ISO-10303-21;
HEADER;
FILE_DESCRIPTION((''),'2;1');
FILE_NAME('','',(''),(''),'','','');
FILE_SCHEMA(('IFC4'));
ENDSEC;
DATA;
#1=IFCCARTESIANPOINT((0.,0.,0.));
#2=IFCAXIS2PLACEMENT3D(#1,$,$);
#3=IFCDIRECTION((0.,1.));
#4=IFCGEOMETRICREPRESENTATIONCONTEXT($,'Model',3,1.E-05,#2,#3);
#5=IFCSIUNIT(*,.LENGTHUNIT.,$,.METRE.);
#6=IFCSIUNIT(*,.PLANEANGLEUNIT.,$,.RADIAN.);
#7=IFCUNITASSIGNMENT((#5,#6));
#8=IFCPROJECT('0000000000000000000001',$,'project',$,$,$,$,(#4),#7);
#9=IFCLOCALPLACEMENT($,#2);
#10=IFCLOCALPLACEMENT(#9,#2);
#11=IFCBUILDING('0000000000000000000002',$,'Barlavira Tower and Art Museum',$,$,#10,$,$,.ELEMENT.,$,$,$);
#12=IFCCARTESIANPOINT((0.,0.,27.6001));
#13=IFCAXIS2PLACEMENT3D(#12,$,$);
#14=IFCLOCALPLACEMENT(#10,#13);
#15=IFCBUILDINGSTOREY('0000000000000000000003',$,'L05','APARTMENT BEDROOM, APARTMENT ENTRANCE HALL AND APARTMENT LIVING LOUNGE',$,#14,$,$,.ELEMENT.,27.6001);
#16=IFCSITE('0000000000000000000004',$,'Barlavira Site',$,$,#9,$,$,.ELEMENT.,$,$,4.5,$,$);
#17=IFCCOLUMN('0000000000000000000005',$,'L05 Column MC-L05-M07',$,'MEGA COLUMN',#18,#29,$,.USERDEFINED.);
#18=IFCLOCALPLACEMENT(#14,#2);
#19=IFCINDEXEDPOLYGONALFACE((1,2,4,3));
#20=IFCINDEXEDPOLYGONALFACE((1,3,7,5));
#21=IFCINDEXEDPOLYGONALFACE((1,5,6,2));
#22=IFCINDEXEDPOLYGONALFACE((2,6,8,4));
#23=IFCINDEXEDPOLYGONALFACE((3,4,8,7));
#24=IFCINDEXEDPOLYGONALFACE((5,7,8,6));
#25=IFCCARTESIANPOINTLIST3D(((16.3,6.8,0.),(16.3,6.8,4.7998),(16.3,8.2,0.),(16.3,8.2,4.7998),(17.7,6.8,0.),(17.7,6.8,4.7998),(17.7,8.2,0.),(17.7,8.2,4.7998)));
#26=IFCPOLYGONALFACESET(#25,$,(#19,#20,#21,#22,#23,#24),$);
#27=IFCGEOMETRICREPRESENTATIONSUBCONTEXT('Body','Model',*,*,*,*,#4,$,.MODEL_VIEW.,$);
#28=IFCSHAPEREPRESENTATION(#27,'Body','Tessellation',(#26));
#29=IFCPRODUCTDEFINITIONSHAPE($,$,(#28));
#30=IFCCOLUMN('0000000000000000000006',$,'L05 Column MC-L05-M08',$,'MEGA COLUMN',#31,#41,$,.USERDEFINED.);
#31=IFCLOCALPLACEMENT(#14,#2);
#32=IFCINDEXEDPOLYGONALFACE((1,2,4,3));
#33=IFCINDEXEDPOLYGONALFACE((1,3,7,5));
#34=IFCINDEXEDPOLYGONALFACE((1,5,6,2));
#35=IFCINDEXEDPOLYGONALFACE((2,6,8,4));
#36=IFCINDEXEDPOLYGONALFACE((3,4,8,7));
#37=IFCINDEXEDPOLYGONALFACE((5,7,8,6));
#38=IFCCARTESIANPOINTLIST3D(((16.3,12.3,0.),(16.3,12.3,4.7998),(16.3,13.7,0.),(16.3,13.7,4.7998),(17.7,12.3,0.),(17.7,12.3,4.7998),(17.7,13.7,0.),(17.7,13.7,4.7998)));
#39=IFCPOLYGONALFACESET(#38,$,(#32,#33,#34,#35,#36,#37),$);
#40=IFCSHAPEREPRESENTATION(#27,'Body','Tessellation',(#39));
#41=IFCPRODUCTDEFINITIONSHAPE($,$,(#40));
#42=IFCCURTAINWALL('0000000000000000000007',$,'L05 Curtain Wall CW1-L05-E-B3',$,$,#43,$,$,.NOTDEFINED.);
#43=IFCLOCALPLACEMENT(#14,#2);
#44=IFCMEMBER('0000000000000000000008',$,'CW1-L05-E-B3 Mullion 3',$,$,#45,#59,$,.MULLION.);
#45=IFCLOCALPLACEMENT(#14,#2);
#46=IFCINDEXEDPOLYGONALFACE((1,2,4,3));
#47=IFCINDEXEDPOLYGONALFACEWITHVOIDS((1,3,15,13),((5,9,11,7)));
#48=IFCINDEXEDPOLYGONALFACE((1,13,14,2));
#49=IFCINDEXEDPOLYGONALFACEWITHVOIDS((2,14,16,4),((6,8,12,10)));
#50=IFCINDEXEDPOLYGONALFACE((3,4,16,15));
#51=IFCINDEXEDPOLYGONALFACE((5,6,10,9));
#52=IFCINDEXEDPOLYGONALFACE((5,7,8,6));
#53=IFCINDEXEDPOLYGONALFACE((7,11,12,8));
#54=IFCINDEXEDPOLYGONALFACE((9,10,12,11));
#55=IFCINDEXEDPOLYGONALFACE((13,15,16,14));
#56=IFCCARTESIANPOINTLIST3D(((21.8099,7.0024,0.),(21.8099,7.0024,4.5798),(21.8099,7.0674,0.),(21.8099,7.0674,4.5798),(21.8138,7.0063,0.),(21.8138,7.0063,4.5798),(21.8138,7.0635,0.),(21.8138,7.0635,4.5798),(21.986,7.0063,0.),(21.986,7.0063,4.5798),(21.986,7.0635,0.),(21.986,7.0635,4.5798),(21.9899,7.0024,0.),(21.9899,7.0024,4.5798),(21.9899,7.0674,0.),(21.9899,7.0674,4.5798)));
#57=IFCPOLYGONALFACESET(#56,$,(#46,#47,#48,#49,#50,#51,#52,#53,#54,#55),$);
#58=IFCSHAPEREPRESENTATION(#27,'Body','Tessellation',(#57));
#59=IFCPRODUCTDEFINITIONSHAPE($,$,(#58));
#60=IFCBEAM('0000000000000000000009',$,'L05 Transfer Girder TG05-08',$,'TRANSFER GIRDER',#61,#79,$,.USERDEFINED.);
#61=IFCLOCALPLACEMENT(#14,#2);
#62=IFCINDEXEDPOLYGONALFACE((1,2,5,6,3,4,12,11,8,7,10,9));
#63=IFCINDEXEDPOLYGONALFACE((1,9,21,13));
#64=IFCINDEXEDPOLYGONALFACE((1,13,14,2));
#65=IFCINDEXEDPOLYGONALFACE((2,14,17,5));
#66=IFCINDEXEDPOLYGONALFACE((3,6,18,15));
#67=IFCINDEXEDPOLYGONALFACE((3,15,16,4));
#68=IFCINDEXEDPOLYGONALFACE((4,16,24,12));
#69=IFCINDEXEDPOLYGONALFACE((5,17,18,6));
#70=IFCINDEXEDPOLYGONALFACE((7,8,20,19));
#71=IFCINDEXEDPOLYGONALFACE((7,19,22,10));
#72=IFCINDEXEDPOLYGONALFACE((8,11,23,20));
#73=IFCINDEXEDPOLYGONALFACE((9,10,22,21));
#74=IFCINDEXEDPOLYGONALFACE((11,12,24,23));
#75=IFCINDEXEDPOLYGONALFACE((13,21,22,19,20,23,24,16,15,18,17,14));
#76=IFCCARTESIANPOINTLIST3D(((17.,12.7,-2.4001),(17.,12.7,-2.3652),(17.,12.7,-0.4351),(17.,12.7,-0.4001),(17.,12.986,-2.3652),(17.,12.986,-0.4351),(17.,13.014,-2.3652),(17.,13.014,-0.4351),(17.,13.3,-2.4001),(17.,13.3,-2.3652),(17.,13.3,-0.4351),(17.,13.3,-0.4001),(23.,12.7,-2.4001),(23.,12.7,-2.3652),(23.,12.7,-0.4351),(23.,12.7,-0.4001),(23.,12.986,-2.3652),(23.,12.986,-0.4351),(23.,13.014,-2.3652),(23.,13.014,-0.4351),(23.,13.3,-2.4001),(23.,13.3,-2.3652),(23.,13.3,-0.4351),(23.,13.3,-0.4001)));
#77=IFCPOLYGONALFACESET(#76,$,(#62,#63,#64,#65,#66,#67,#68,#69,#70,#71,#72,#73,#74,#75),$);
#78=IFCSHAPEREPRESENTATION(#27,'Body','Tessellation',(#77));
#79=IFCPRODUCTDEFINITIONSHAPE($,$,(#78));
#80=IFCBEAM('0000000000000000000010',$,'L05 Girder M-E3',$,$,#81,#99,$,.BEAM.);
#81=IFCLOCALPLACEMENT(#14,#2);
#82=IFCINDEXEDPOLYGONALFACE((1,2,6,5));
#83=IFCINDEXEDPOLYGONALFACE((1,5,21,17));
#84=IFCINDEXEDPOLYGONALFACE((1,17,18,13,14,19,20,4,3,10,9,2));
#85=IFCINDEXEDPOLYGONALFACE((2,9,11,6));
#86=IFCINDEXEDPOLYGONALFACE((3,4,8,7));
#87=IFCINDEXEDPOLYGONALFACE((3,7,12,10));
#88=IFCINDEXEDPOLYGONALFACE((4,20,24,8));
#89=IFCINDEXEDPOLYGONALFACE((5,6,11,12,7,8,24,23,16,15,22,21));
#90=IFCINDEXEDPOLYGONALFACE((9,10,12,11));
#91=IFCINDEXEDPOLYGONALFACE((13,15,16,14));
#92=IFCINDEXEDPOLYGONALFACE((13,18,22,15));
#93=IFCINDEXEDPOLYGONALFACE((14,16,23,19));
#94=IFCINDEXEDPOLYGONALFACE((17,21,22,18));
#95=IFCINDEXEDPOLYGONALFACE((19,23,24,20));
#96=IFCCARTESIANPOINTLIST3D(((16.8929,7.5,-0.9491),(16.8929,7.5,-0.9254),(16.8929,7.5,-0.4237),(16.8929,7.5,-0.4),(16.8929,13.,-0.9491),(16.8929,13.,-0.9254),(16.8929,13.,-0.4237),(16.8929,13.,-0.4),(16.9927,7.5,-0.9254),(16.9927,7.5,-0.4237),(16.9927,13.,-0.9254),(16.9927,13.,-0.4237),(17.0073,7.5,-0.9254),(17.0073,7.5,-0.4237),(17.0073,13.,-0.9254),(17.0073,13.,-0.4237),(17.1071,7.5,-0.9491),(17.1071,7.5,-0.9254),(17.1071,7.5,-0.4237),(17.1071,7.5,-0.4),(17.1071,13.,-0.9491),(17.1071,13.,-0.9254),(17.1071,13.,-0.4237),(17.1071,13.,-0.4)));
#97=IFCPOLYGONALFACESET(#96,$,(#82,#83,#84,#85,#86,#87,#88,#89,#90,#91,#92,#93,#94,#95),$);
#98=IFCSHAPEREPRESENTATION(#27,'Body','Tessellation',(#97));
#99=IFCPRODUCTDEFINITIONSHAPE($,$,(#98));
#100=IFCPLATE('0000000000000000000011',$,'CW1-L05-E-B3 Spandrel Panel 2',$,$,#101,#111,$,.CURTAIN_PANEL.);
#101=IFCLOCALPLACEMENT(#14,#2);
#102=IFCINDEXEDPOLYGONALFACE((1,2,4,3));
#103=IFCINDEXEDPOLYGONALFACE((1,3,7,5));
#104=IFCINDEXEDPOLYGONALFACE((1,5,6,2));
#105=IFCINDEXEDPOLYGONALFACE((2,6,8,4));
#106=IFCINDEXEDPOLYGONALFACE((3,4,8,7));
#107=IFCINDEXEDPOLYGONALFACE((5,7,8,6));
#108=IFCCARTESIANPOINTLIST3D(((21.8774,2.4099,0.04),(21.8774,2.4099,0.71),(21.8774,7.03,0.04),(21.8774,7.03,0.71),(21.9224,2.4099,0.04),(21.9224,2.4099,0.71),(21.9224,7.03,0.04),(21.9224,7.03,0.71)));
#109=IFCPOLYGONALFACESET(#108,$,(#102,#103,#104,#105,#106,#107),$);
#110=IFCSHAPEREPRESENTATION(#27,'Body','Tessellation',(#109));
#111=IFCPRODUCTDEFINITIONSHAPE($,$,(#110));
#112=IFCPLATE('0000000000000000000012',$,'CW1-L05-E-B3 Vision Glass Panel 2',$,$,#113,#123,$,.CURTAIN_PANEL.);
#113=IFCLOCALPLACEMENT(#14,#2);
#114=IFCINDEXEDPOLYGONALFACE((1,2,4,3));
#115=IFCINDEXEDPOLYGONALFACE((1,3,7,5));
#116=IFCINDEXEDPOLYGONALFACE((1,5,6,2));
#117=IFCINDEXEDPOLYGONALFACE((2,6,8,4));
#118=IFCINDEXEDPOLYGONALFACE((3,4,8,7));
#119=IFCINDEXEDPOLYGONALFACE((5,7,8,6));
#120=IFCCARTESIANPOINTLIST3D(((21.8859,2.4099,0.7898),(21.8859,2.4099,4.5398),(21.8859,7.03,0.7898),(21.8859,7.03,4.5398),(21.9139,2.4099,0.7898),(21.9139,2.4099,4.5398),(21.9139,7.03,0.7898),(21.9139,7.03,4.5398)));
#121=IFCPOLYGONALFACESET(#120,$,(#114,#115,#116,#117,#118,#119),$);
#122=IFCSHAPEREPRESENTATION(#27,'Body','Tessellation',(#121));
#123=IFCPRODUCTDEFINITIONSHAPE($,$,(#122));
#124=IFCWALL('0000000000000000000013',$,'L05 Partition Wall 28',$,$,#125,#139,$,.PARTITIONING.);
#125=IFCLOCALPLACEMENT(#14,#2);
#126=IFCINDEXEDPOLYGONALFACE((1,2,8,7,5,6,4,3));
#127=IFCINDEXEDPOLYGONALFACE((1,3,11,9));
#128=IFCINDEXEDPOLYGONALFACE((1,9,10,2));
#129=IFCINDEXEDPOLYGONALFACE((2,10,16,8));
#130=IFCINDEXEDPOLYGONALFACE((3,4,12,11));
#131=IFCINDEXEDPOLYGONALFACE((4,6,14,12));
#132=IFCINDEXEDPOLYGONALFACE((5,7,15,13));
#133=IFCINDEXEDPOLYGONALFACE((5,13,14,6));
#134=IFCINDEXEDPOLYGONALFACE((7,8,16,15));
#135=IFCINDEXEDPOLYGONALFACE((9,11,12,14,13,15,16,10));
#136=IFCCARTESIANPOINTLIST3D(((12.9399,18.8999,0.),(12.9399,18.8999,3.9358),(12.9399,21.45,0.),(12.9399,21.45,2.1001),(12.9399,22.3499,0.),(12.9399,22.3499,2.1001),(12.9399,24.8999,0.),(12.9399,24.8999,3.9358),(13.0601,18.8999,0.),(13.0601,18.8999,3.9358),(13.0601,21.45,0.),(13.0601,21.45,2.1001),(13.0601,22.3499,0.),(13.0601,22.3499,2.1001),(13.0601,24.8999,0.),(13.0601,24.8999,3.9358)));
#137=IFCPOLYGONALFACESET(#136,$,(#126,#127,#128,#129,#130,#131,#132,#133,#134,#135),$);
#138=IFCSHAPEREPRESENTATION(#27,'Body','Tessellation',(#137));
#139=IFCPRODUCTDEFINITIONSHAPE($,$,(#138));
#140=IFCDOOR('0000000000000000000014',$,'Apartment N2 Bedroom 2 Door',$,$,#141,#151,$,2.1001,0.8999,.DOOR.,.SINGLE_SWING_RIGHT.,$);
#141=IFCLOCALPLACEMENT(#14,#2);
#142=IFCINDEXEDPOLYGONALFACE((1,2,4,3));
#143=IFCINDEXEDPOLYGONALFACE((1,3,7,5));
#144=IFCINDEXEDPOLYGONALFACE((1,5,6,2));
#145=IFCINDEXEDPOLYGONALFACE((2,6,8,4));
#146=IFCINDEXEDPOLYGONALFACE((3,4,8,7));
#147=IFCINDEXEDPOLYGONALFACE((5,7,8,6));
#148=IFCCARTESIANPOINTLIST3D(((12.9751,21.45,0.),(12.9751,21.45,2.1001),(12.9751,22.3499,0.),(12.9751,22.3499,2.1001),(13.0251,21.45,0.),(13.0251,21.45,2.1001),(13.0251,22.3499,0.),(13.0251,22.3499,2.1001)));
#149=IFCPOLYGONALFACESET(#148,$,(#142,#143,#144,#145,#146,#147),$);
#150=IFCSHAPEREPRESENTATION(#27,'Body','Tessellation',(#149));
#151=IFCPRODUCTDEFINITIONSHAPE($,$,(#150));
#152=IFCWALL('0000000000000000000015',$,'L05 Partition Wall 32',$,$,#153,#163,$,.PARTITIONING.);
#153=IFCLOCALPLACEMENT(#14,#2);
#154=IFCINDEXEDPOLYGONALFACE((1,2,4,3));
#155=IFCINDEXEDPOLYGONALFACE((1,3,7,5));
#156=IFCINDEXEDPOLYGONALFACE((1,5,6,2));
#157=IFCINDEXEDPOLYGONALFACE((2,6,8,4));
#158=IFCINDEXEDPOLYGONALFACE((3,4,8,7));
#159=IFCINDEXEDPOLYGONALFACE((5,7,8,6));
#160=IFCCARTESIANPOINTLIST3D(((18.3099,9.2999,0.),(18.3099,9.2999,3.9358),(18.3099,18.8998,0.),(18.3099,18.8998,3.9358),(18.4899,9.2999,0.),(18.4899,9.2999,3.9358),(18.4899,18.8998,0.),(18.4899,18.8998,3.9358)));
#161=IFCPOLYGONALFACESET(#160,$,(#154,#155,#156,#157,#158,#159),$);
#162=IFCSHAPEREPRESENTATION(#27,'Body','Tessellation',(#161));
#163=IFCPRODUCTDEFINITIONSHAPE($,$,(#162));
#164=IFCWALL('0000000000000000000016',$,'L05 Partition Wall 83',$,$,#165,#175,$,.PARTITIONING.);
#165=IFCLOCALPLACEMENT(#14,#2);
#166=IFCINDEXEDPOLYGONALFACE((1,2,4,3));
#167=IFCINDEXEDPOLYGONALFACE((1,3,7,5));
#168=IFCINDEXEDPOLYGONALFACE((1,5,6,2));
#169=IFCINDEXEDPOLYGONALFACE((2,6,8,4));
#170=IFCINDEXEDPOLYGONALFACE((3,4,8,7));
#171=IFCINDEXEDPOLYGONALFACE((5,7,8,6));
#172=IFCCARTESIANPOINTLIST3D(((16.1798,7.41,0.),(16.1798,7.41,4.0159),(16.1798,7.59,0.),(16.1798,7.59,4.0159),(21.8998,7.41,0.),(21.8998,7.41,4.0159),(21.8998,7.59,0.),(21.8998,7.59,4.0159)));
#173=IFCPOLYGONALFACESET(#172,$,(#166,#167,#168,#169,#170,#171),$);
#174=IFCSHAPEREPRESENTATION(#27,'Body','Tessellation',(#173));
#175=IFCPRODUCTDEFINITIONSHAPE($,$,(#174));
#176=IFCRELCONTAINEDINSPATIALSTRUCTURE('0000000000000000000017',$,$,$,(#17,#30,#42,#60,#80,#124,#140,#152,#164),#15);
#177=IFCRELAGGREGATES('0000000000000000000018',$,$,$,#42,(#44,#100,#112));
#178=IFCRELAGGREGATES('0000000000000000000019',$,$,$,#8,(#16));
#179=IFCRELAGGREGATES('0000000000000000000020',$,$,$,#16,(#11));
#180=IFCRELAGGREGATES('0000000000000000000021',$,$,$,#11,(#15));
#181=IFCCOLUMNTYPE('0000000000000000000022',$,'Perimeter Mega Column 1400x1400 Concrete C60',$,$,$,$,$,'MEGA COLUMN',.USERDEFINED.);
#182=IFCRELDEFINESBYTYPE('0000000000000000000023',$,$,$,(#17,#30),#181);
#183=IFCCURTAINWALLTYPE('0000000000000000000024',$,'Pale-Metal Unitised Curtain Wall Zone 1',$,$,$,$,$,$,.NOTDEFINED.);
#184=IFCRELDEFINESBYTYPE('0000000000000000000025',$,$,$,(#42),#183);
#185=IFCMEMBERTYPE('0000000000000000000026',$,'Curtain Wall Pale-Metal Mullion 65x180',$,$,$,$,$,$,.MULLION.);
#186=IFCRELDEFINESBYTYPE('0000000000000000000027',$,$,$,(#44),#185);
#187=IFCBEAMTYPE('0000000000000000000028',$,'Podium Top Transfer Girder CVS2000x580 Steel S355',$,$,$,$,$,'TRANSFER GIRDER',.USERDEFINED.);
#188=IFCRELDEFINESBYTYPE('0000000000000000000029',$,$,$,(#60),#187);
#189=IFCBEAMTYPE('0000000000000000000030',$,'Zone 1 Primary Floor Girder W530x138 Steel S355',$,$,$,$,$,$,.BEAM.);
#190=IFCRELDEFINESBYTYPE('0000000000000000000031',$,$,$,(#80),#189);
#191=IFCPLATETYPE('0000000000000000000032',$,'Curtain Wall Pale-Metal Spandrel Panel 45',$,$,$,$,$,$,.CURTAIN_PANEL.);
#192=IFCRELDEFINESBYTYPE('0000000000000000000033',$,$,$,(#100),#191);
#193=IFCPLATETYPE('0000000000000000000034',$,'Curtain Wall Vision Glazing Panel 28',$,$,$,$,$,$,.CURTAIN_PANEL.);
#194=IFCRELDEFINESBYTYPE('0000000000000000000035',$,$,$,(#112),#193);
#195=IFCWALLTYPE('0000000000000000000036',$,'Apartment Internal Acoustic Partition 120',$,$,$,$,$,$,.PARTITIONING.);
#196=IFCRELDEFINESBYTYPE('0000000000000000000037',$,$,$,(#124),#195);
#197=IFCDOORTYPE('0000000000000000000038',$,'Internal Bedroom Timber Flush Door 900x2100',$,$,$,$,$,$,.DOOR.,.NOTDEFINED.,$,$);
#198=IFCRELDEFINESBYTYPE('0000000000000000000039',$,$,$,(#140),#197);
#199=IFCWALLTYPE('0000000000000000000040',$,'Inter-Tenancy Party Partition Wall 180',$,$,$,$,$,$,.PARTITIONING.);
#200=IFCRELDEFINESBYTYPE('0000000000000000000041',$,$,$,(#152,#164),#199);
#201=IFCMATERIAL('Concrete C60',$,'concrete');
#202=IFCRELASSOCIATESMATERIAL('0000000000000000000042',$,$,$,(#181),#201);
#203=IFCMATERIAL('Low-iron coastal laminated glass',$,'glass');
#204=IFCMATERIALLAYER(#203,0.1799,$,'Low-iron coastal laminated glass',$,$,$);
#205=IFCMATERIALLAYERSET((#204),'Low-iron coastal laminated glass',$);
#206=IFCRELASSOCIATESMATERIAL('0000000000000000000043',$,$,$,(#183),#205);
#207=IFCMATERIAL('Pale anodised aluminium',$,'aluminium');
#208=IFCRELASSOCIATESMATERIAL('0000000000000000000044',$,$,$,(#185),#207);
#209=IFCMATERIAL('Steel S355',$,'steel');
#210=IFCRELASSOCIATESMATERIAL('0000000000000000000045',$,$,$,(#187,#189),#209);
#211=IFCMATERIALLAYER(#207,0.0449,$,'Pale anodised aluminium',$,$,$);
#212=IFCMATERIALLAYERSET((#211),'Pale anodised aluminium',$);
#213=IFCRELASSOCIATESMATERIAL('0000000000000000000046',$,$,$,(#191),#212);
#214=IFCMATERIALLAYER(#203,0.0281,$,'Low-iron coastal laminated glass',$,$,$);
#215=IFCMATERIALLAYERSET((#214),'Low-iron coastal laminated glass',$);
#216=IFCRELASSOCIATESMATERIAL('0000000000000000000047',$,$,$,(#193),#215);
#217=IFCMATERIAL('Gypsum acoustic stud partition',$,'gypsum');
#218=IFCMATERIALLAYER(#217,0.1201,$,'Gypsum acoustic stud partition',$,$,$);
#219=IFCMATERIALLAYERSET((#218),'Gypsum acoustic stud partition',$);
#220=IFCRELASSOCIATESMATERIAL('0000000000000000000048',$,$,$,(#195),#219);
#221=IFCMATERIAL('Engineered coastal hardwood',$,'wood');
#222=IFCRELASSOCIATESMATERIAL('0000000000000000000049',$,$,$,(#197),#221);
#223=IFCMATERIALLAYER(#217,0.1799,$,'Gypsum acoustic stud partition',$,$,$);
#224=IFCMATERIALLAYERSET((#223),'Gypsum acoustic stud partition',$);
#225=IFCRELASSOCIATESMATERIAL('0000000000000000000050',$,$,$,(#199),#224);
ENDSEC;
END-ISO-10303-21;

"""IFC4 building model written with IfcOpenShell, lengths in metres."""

from ifc_helpers import new_model, si_unit, direction, frame, frame_2d, origin, origin_2d, place, context, subcontext, project, spatial, rectangle, hollow_rectangle, i_section, extrude, material, layer, layer_set, material_profile, profile_set, type_object, element, fill, aggregate, save


model = new_model("IFC4")

# Units and contexts
model_context = context("Model", 3, precision=1e-05, world=origin(), true_north=direction((0.0, 1.0)))
body_context = subcontext(model_context, "Body", "Model", "MODEL_VIEW")
ifc_project = project(units=[si_unit("LENGTHUNIT", "METRE"), si_unit("PLANEANGLEUNIT", "RADIAN")], contexts=[model_context])

# Site, building, storey
site_placement = place(None, origin())
site = spatial("IfcSite", under=ifc_project, at=site_placement, Name="Barlavira Site", CompositionType="ELEMENT", RefElevation=4.5)
building_placement = place(site_placement, origin())
building = spatial("IfcBuilding", under=site, at=building_placement, Name="Barlavira Tower and Art Museum", CompositionType="ELEMENT")
storey_placement = place(building_placement, frame((0.0, 0.0, 27.6001)))
storey = spatial("IfcBuildingStorey", under=building, at=storey_placement, Name="L05", Description="APARTMENT BEDROOM, APARTMENT ENTRANCE HALL AND APARTMENT LIVING LOUNGE", CompositionType="ELEMENT", Elevation=27.6001)

# Columns
ifc_material_1 = material(Name="Concrete C60", Category="concrete")
ifc_material_profile_1 = material_profile(ifc_material_1, rectangle(XDim=1.3999, YDim=1.3999, at=origin_2d()), Name="RC-MCOL 1400x1400")
ifc_profile_set_1 = profile_set([ifc_material_profile_1], Name="Concrete C60")
column_type = type_object("IfcColumnType", Name="Perimeter Mega Column 1400x1400 Concrete C60", ElementType="MEGA COLUMN", PredefinedType="USERDEFINED", material=ifc_profile_set_1)
for number, where, z_axis, x_axis, name in (
    (1, (17.0, 7.5, 0.0), (0.0, 0.0, 1.0), (1.0, 0.0, 0.0), "L05 Column MC-L05-M07"),
    (2, (17.0, 13.0, 0.0), (0.0, 0.0, 1.0), (1.0, 0.0, 0.0), "L05 Column MC-L05-M08"),
):
    element("IfcColumn", number, at=place(storey_placement, frame(where, z_axis=z_axis, x_axis=x_axis)), inside=storey, type_object=column_type, Name=name, ObjectType="MEGA COLUMN", PredefinedType="USERDEFINED", context=body_context, shape_type="SweptSolid", body=[
        extrude(rectangle(XDim=1.3999, YDim=1.3999, at=origin_2d()), origin(), (0.0, 0.0, 1.0), 4.7998),
    ])

# Curtain wall, member
ifc_material_2 = material(Name="Low-iron coastal laminated glass", Category="glass")
ifc_layer_1 = layer(ifc_material_2, 0.1799, Name="Low-iron coastal laminated glass")
ifc_layer_set_1 = layer_set([ifc_layer_1], Name="Low-iron coastal laminated glass")
curtain_wall_type = type_object("IfcCurtainWallType", Name="Pale-Metal Unitised Curtain Wall Zone 1", PredefinedType="NOTDEFINED", material=ifc_layer_set_1)
curtain_wall_placement = place(storey_placement, origin())
curtain_wall = element("IfcCurtainWall", 3, at=curtain_wall_placement, inside=storey, type_object=curtain_wall_type, Name="L05 Curtain Wall CW1-L05-E-B3", PredefinedType="NOTDEFINED")
ifc_material_3 = material(Name="Pale anodised aluminium", Category="aluminium")
ifc_material_profile_2 = material_profile(ifc_material_3, hollow_rectangle(XDim=0.0649, YDim=0.1799, WallThickness=0.0039, at=origin_2d()), Name="ALU-MULL 65x180x4")
ifc_profile_set_2 = profile_set([ifc_material_profile_2], Name="Pale anodised aluminium")
member_type = type_object("IfcMemberType", Name="Curtain Wall Pale-Metal Mullion 65x180", PredefinedType="MULLION", material=ifc_profile_set_2)
member_placement = place(storey_placement, frame((21.8999, 7.0349, 0.0), z_axis=(0.0, 0.0, 1.0), x_axis=(0.0, 1.0, 0.0)))
member = element("IfcMember", 4, at=member_placement, type_object=member_type, Name="CW1-L05-E-B3 Mullion 3", PredefinedType="MULLION", context=body_context, shape_type="SweptSolid", body=[
    extrude(hollow_rectangle(XDim=0.0649, YDim=0.1799, WallThickness=0.0039, at=origin_2d()), origin(), (0.0, 0.0, 1.0), 4.5798),
])

# Beams
ifc_material_4 = material(Name="Steel S355", Category="steel")
ifc_material_profile_3 = material_profile(ifc_material_4, i_section(OverallWidth=0.6001, OverallDepth=2.0, WebThickness=0.0281, FlangeThickness=0.0349, at=origin_2d()), Name="CVS2000x580")
ifc_profile_set_3 = profile_set([ifc_material_profile_3], Name="Steel S355")
beam_type_1 = type_object("IfcBeamType", Name="Podium Top Transfer Girder CVS2000x580 Steel S355", ElementType="TRANSFER GIRDER", PredefinedType="USERDEFINED", material=ifc_profile_set_3)
beam_1_placement = place(storey_placement, frame((17.0, 13.0, -1.4001), z_axis=(1.0, 0.0, 0.0), x_axis=(0.0, 1.0, 0.0)))
element("IfcBeam", 5, at=beam_1_placement, inside=storey, type_object=beam_type_1, Name="L05 Transfer Girder TG05-08", ObjectType="TRANSFER GIRDER", PredefinedType="USERDEFINED", context=body_context, shape_type="SweptSolid", body=[
    extrude(i_section(OverallWidth=0.6001, OverallDepth=2.0, WebThickness=0.0281, FlangeThickness=0.0349, at=origin_2d()), origin(), (0.0, 0.0, 1.0), 6.0),
])
ifc_material_profile_4 = material_profile(ifc_material_4, i_section(OverallWidth=0.2141, OverallDepth=0.5491, WebThickness=0.0146, FlangeThickness=0.0237, at=origin_2d()), Name="W530x138.0")
ifc_profile_set_4 = profile_set([ifc_material_profile_4], Name="Steel S355")
beam_type_2 = type_object("IfcBeamType", Name="Zone 1 Primary Floor Girder W530x138 Steel S355", PredefinedType="BEAM", material=ifc_profile_set_4)
beam_2_placement = place(storey_placement, frame((17.0, 7.5, -0.6746), z_axis=(0.0, 1.0, 0.0), x_axis=(-1.0, 0.0, 0.0)))
element("IfcBeam", 6, at=beam_2_placement, inside=storey, type_object=beam_type_2, Name="L05 Girder M-E3", PredefinedType="BEAM", context=body_context, shape_type="SweptSolid", body=[
    extrude(i_section(OverallWidth=0.2141, OverallDepth=0.5491, WebThickness=0.0146, FlangeThickness=0.0237, at=origin_2d()), origin(), (0.0, 0.0, 1.0), 5.5),
])

# Plates
ifc_layer_2 = layer(ifc_material_3, 0.0449, Name="Pale anodised aluminium")
ifc_layer_set_2 = layer_set([ifc_layer_2], Name="Pale anodised aluminium")
plate_type_1 = type_object("IfcPlateType", Name="Curtain Wall Pale-Metal Spandrel Panel 45", PredefinedType="CURTAIN_PANEL", material=ifc_layer_set_2)
plate_1_placement = place(storey_placement, frame((21.8999, 4.72, 0.04), z_axis=(0.0, 0.0, 1.0), x_axis=(0.0, 1.0, 0.0)))
plate_1 = element("IfcPlate", 7, at=plate_1_placement, type_object=plate_type_1, Name="CW1-L05-E-B3 Spandrel Panel 2", PredefinedType="CURTAIN_PANEL", context=body_context, shape_type="SweptSolid", body=[
    extrude(rectangle(XDim=4.6201, YDim=0.0449, at=origin_2d()), origin(), (0.0, 0.0, 1.0), 0.6699),
])
ifc_layer_3 = layer(ifc_material_2, 0.0281, Name="Low-iron coastal laminated glass")
ifc_layer_set_3 = layer_set([ifc_layer_3], Name="Low-iron coastal laminated glass")
plate_type_2 = type_object("IfcPlateType", Name="Curtain Wall Vision Glazing Panel 28", PredefinedType="CURTAIN_PANEL", material=ifc_layer_set_3)
plate_2_placement = place(storey_placement, frame((21.8999, 4.72, 0.7898), z_axis=(0.0, 0.0, 1.0), x_axis=(0.0, 1.0, 0.0)))
plate_2 = element("IfcPlate", 8, at=plate_2_placement, type_object=plate_type_2, Name="CW1-L05-E-B3 Vision Glass Panel 2", PredefinedType="CURTAIN_PANEL", context=body_context, shape_type="SweptSolid", body=[
    extrude(rectangle(XDim=4.6201, YDim=0.0281, at=origin_2d()), origin(), (0.0, 0.0, 1.0), 3.75),
])
aggregate(curtain_wall, [member, plate_1, plate_2])

# Wall, opening, door
ifc_material_5 = material(Name="Gypsum acoustic stud partition", Category="gypsum")
ifc_layer_4 = layer(ifc_material_5, 0.1201, Name="Gypsum acoustic stud partition")
ifc_layer_set_4 = layer_set([ifc_layer_4], Name="Gypsum acoustic stud partition")
wall_type_1 = type_object("IfcWallType", Name="Apartment Internal Acoustic Partition 120", PredefinedType="PARTITIONING", material=ifc_layer_set_4)
wall_1_placement = place(storey_placement, frame((13.0, 18.8999, 0.0), z_axis=(0.0, 0.0, 1.0), x_axis=(0.0, 1.0, 0.0)))
wall_1 = element("IfcWall", 9, at=wall_1_placement, inside=storey, type_object=wall_type_1, Name="L05 Partition Wall 28", PredefinedType="PARTITIONING", context=body_context, shape_type="SweptSolid", body=[
    extrude(rectangle(XDim=6.0, YDim=0.1201, at=frame_2d((3.0, 0.0))), origin(), (0.0, 0.0, 1.0), 3.9358),
])
opening_1_placement = place(wall_1_placement, frame((2.55, 0.0, 0.0)))
opening_1 = element("IfcOpeningElement", 10, at=opening_1_placement, cuts=wall_1, PredefinedType="OPENING", context=body_context, shape_type="SweptSolid", body=[
    extrude(rectangle(XDim=0.8999, YDim=2.1001, at=frame_2d((0.45, 1.05))), frame((0.0, 0.0701, 0.0), z_axis=(0.0, -1.0, 0.0), x_axis=(1.0, 0.0, 0.0)), (0.0, 0.0, 1.0), 0.1401),
])
ifc_material_6 = material(Name="Engineered coastal hardwood", Category="wood")
door_type = type_object("IfcDoorType", Name="Internal Bedroom Timber Flush Door 900x2100", OperationType="NOTDEFINED", PredefinedType="DOOR", material=ifc_material_6)
door_placement = place(opening_1_placement, origin())
door = element("IfcDoor", 11, at=door_placement, inside=storey, type_object=door_type, Name="Apartment N2 Bedroom 2 Door", OperationType="SINGLE_SWING_RIGHT", OverallHeight=2.1001, OverallWidth=0.8999, PredefinedType="DOOR", context=body_context, shape_type="SweptSolid", body=[
    extrude(rectangle(XDim=0.8999, YDim=2.1001, at=frame_2d((0.45, 1.05))), frame((0.0, 0.0249, 0.0), z_axis=(0.0, -1.0, 0.0), x_axis=(1.0, 0.0, 0.0)), (0.0, 0.0, 1.0), 0.05),
])
fill(opening_1, door)

# Walls
ifc_layer_5 = layer(ifc_material_5, 0.1799, Name="Gypsum acoustic stud partition")
ifc_layer_set_5 = layer_set([ifc_layer_5], Name="Gypsum acoustic stud partition")
wall_type_2 = type_object("IfcWallType", Name="Inter-Tenancy Party Partition Wall 180", PredefinedType="PARTITIONING", material=ifc_layer_set_5)
wall_2_placement = place(storey_placement, frame((18.3999, 9.3, 0.0), z_axis=(0.0, 0.0, 1.0), x_axis=(0.0, 1.0, 0.0)))
element("IfcWall", 12, at=wall_2_placement, inside=storey, type_object=wall_type_2, Name="L05 Partition Wall 32", PredefinedType="PARTITIONING", context=body_context, shape_type="SweptSolid", body=[
    extrude(rectangle(XDim=9.5999, YDim=0.1799, at=frame_2d((4.7998, 0.0))), origin(), (0.0, 0.0, 1.0), 3.9358),
])
wall_3_placement = place(storey_placement, frame((16.1799, 7.5, 0.0), z_axis=(0.0, 0.0, 1.0), x_axis=(1.0, 0.0, 0.0)))
element("IfcWall", 13, at=wall_3_placement, inside=storey, type_object=wall_type_2, Name="L05 Partition Wall 83", PredefinedType="PARTITIONING", context=body_context, shape_type="SweptSolid", body=[
    extrude(rectangle(XDim=5.72, YDim=0.1799, at=frame_2d((2.8599, 0.0))), origin(), (0.0, 0.0, 1.0), 4.0159),
])

save(model, "model.ifc")
